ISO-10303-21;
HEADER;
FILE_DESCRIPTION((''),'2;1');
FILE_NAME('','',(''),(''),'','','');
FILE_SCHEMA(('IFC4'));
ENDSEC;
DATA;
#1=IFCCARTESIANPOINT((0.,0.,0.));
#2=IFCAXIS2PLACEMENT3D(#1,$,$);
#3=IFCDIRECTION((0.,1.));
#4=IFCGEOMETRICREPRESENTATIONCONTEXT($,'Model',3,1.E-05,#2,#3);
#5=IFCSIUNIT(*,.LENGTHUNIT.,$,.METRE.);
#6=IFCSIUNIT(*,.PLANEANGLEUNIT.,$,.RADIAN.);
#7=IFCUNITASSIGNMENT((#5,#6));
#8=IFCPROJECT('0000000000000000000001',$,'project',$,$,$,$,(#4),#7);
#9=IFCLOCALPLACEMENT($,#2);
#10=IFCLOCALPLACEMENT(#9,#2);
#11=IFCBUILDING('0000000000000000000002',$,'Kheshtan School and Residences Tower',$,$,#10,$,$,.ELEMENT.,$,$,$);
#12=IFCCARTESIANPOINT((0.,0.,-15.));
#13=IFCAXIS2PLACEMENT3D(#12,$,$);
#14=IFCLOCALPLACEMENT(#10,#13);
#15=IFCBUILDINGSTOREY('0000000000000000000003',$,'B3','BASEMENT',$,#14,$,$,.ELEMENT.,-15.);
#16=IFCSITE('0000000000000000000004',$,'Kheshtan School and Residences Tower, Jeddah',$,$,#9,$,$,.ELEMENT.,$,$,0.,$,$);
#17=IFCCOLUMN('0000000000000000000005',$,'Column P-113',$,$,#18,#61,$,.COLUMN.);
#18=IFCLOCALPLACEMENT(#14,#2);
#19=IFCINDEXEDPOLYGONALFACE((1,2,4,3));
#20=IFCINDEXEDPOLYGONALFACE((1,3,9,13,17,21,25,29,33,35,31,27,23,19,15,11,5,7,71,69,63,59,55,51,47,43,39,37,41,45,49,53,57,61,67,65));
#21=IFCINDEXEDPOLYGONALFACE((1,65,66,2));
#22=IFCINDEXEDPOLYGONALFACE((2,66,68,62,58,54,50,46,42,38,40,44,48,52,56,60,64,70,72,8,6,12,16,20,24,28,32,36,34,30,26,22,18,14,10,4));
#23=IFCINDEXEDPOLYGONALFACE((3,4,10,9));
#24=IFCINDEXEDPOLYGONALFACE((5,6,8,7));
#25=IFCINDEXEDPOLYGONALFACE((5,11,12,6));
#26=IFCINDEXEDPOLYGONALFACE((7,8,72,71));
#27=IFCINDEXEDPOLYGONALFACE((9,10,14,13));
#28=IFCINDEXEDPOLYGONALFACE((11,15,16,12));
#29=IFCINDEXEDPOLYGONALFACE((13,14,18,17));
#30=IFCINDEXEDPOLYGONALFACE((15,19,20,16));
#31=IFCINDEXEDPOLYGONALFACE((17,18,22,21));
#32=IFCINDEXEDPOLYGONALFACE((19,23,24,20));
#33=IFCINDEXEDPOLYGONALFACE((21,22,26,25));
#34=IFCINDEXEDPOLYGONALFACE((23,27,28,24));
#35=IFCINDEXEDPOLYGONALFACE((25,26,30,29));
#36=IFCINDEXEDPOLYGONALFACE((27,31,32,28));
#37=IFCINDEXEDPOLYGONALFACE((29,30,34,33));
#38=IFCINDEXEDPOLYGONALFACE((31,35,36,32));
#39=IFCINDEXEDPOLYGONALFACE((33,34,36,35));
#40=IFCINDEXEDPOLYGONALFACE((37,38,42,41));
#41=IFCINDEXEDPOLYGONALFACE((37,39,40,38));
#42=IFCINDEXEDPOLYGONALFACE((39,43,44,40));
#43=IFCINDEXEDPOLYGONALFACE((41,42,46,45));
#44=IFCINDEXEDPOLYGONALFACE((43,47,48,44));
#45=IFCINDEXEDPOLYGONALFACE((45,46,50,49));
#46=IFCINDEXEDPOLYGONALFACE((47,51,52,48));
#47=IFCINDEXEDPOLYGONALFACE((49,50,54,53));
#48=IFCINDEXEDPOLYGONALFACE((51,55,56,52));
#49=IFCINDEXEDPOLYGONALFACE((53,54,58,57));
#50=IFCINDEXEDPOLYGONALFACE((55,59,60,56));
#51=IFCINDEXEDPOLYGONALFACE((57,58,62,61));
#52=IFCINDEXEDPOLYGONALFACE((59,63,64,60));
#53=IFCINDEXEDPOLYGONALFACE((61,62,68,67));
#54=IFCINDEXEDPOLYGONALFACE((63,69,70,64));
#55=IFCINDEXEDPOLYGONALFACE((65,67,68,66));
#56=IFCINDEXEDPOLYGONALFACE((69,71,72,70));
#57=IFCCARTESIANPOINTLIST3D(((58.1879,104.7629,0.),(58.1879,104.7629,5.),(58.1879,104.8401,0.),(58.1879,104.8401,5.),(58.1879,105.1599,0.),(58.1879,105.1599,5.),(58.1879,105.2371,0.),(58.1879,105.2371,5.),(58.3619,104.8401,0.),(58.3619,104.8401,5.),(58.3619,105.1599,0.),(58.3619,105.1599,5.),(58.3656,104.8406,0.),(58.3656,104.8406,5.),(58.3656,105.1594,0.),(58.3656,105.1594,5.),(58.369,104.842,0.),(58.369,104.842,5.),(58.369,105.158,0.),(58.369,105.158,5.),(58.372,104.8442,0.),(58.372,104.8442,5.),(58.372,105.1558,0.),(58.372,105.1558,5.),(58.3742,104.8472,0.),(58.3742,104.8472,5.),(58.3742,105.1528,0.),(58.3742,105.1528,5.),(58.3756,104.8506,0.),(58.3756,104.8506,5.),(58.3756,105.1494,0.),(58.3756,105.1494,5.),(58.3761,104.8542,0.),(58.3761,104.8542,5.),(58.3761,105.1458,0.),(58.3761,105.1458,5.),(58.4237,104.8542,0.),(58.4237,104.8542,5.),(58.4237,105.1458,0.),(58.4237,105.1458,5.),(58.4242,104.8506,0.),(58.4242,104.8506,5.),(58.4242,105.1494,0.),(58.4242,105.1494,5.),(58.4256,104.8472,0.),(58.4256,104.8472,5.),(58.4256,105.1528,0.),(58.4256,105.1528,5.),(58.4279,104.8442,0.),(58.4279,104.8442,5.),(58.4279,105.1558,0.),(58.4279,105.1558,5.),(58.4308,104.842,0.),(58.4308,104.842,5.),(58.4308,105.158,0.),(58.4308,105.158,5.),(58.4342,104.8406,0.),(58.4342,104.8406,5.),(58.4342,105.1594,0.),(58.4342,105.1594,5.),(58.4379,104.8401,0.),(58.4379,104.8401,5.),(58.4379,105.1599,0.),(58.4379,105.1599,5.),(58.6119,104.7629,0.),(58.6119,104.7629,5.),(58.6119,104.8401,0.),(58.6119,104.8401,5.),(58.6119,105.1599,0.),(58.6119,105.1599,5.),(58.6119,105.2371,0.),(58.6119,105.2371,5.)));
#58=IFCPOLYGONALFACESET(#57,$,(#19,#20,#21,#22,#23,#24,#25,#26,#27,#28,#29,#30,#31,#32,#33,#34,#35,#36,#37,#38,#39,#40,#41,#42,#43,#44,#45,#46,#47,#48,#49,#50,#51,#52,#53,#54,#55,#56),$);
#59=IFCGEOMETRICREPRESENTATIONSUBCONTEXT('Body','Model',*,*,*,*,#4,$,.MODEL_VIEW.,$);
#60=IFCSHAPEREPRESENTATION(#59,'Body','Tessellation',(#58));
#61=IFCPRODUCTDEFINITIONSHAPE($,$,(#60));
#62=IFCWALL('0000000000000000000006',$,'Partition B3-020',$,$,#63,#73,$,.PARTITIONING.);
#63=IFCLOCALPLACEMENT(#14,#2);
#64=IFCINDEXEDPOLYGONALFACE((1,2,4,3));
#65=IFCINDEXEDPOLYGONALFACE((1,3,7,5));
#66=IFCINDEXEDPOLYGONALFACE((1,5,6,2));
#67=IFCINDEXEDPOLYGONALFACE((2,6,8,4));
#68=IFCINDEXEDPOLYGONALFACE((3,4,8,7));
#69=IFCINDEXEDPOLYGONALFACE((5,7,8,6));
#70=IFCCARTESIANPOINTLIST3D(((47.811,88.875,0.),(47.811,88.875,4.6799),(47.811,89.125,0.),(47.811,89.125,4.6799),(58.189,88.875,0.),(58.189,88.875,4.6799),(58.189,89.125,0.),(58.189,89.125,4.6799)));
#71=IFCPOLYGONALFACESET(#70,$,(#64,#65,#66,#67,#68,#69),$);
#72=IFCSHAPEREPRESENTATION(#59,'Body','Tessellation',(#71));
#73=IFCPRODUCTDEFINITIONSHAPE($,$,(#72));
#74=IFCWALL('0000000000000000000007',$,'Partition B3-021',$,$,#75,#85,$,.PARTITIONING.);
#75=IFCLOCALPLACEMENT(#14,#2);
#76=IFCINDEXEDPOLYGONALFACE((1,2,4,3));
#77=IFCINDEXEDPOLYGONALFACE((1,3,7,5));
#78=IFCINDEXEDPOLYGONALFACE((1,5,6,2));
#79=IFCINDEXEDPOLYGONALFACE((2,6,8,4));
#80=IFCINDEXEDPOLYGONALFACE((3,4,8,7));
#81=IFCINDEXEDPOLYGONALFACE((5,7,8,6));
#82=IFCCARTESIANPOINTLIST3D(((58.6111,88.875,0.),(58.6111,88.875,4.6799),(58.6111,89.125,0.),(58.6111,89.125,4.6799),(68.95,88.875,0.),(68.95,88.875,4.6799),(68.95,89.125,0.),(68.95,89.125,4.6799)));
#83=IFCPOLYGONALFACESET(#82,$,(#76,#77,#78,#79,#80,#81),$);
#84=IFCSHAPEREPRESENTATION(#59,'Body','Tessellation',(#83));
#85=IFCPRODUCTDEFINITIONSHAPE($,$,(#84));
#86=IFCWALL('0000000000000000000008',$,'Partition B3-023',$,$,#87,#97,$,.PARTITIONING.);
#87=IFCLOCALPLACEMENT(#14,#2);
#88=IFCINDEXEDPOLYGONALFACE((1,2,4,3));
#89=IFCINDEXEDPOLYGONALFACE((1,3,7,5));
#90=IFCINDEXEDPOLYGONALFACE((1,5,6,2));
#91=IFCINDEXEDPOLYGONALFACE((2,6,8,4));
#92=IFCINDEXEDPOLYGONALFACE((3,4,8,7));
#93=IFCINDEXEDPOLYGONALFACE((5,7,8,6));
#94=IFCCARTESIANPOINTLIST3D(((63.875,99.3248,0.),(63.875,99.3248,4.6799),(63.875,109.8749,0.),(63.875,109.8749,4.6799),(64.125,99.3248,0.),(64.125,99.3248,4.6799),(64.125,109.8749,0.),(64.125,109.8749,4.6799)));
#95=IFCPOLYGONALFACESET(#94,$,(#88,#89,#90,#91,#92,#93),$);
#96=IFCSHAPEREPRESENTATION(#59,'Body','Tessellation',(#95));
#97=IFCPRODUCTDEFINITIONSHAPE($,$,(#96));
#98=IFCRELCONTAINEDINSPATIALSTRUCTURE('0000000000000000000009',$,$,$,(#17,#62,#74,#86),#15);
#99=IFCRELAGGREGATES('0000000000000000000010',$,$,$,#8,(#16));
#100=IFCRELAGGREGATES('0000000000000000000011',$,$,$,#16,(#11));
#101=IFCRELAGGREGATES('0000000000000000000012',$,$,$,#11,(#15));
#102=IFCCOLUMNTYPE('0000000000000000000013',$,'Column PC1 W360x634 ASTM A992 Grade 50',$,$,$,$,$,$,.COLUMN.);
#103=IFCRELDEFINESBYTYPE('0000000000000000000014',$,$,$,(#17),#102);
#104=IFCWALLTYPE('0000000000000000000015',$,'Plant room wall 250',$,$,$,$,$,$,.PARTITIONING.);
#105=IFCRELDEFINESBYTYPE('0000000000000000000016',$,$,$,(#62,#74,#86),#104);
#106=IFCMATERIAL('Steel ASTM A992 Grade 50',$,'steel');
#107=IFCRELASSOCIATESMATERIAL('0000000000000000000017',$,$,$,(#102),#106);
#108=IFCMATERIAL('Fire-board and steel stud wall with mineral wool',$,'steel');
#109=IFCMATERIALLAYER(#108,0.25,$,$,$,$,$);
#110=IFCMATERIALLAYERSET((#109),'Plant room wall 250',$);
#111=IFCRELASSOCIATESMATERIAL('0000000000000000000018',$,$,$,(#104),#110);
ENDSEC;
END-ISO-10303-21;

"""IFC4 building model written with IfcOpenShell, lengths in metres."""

from ifc_helpers import new_model, si_unit, direction, frame, frame_2d, origin, origin_2d, place, context, subcontext, project, spatial, rectangle, i_section, extrude, material, layer, layer_set, material_profile, profile_set, type_object, element, save


model = new_model("IFC4")

# Units and contexts
model_context = context("Model", 3, precision=1e-05, world=origin(), true_north=direction((0.0, 1.0)))
body_context = subcontext(model_context, "Body", "Model", "MODEL_VIEW")
ifc_project = project(units=[si_unit("LENGTHUNIT", "METRE"), si_unit("PLANEANGLEUNIT", "RADIAN")], contexts=[model_context])

# Site, building, storey
site_placement = place(None, origin())
site = spatial("IfcSite", under=ifc_project, at=site_placement, Name="Kheshtan School and Residences Tower, Jeddah", CompositionType="ELEMENT", RefElevation=0.0)
building_placement = place(site_placement, origin())
building = spatial("IfcBuilding", under=site, at=building_placement, Name="Kheshtan School and Residences Tower", CompositionType="ELEMENT")
storey_placement = place(building_placement, frame((0.0, 0.0, -15.0)))
storey = spatial("IfcBuildingStorey", under=building, at=storey_placement, Name="B3", Description="BASEMENT", CompositionType="ELEMENT", Elevation=-15.0)

# Column
ifc_material_1 = material(Name="Steel ASTM A992 Grade 50", Category="steel")
ifc_material_profile_1 = material_profile(ifc_material_1, i_section(OverallWidth=0.4241, OverallDepth=0.4741, WebThickness=0.0476, FlangeThickness=0.0771, FilletRadius=0.0142, at=origin_2d()), Name="W360x634")
ifc_profile_set_1 = profile_set([ifc_material_profile_1], Name="Steel ASTM A992 Grade 50")
column_type = type_object("IfcColumnType", Name="Column PC1 W360x634 ASTM A992 Grade 50", PredefinedType="COLUMN", material=ifc_profile_set_1)
for number, where, z_axis, x_axis, name in (
    (1, (58.3999, 105.0, 0.0), (0.0, 0.0, 1.0), (1.0, 0.0, 0.0), "Column P-113"),
):
    element("IfcColumn", number, at=place(storey_placement, frame(where, z_axis=z_axis, x_axis=x_axis)), inside=storey, type_object=column_type, Name=name, PredefinedType="COLUMN", context=body_context, shape_type="SweptSolid", body=[
        extrude(i_section(OverallWidth=0.4241, OverallDepth=0.4741, WebThickness=0.0476, FlangeThickness=0.0771, FilletRadius=0.0142, at=origin_2d()), origin(), (0.0, 0.0, 1.0), 5.0),
    ])

# Walls
ifc_material_2 = material(Name="Fire-board and steel stud wall with mineral wool", Category="steel")
ifc_layer = layer(ifc_material_2, 0.25)
ifc_layer_set = layer_set([ifc_layer], Name="Plant room wall 250")
wall_type = type_object("IfcWallType", Name="Plant room wall 250", PredefinedType="PARTITIONING", material=ifc_layer_set)
wall_1_placement = place(storey_placement, frame((47.811, 89.0, 0.0), z_axis=(0.0, 0.0, 1.0), x_axis=(1.0, 0.0, 0.0)))
element("IfcWall", 2, at=wall_1_placement, inside=storey, type_object=wall_type, Name="Partition B3-020", PredefinedType="PARTITIONING", context=body_context, shape_type="SweptSolid", body=[
    extrude(rectangle(XDim=10.3779, YDim=0.25, at=frame_2d((5.189, 0.0))), origin(), (0.0, 0.0, 1.0), 4.6799),
])
wall_2_placement = place(storey_placement, frame((58.6111, 89.0, 0.0), z_axis=(0.0, 0.0, 1.0), x_axis=(1.0, 0.0, 0.0)))
element("IfcWall", 3, at=wall_2_placement, inside=storey, type_object=wall_type, Name="Partition B3-021", PredefinedType="PARTITIONING", context=body_context, shape_type="SweptSolid", body=[
    extrude(rectangle(XDim=10.3389, YDim=0.25, at=frame_2d((5.1694, 0.0))), origin(), (0.0, 0.0, 1.0), 4.6799),
])
wall_3_placement = place(storey_placement, frame((64.0, 99.325, 0.0), z_axis=(0.0, 0.0, 1.0), x_axis=(0.0, 1.0, 0.0)))
element("IfcWall", 4, at=wall_3_placement, inside=storey, type_object=wall_type, Name="Partition B3-023", PredefinedType="PARTITIONING", context=body_context, shape_type="SweptSolid", body=[
    extrude(rectangle(XDim=10.55, YDim=0.25, at=frame_2d((5.2749, 0.0))), origin(), (0.0, 0.0, 1.0), 4.6799),
])

save(model, "model.ifc")
